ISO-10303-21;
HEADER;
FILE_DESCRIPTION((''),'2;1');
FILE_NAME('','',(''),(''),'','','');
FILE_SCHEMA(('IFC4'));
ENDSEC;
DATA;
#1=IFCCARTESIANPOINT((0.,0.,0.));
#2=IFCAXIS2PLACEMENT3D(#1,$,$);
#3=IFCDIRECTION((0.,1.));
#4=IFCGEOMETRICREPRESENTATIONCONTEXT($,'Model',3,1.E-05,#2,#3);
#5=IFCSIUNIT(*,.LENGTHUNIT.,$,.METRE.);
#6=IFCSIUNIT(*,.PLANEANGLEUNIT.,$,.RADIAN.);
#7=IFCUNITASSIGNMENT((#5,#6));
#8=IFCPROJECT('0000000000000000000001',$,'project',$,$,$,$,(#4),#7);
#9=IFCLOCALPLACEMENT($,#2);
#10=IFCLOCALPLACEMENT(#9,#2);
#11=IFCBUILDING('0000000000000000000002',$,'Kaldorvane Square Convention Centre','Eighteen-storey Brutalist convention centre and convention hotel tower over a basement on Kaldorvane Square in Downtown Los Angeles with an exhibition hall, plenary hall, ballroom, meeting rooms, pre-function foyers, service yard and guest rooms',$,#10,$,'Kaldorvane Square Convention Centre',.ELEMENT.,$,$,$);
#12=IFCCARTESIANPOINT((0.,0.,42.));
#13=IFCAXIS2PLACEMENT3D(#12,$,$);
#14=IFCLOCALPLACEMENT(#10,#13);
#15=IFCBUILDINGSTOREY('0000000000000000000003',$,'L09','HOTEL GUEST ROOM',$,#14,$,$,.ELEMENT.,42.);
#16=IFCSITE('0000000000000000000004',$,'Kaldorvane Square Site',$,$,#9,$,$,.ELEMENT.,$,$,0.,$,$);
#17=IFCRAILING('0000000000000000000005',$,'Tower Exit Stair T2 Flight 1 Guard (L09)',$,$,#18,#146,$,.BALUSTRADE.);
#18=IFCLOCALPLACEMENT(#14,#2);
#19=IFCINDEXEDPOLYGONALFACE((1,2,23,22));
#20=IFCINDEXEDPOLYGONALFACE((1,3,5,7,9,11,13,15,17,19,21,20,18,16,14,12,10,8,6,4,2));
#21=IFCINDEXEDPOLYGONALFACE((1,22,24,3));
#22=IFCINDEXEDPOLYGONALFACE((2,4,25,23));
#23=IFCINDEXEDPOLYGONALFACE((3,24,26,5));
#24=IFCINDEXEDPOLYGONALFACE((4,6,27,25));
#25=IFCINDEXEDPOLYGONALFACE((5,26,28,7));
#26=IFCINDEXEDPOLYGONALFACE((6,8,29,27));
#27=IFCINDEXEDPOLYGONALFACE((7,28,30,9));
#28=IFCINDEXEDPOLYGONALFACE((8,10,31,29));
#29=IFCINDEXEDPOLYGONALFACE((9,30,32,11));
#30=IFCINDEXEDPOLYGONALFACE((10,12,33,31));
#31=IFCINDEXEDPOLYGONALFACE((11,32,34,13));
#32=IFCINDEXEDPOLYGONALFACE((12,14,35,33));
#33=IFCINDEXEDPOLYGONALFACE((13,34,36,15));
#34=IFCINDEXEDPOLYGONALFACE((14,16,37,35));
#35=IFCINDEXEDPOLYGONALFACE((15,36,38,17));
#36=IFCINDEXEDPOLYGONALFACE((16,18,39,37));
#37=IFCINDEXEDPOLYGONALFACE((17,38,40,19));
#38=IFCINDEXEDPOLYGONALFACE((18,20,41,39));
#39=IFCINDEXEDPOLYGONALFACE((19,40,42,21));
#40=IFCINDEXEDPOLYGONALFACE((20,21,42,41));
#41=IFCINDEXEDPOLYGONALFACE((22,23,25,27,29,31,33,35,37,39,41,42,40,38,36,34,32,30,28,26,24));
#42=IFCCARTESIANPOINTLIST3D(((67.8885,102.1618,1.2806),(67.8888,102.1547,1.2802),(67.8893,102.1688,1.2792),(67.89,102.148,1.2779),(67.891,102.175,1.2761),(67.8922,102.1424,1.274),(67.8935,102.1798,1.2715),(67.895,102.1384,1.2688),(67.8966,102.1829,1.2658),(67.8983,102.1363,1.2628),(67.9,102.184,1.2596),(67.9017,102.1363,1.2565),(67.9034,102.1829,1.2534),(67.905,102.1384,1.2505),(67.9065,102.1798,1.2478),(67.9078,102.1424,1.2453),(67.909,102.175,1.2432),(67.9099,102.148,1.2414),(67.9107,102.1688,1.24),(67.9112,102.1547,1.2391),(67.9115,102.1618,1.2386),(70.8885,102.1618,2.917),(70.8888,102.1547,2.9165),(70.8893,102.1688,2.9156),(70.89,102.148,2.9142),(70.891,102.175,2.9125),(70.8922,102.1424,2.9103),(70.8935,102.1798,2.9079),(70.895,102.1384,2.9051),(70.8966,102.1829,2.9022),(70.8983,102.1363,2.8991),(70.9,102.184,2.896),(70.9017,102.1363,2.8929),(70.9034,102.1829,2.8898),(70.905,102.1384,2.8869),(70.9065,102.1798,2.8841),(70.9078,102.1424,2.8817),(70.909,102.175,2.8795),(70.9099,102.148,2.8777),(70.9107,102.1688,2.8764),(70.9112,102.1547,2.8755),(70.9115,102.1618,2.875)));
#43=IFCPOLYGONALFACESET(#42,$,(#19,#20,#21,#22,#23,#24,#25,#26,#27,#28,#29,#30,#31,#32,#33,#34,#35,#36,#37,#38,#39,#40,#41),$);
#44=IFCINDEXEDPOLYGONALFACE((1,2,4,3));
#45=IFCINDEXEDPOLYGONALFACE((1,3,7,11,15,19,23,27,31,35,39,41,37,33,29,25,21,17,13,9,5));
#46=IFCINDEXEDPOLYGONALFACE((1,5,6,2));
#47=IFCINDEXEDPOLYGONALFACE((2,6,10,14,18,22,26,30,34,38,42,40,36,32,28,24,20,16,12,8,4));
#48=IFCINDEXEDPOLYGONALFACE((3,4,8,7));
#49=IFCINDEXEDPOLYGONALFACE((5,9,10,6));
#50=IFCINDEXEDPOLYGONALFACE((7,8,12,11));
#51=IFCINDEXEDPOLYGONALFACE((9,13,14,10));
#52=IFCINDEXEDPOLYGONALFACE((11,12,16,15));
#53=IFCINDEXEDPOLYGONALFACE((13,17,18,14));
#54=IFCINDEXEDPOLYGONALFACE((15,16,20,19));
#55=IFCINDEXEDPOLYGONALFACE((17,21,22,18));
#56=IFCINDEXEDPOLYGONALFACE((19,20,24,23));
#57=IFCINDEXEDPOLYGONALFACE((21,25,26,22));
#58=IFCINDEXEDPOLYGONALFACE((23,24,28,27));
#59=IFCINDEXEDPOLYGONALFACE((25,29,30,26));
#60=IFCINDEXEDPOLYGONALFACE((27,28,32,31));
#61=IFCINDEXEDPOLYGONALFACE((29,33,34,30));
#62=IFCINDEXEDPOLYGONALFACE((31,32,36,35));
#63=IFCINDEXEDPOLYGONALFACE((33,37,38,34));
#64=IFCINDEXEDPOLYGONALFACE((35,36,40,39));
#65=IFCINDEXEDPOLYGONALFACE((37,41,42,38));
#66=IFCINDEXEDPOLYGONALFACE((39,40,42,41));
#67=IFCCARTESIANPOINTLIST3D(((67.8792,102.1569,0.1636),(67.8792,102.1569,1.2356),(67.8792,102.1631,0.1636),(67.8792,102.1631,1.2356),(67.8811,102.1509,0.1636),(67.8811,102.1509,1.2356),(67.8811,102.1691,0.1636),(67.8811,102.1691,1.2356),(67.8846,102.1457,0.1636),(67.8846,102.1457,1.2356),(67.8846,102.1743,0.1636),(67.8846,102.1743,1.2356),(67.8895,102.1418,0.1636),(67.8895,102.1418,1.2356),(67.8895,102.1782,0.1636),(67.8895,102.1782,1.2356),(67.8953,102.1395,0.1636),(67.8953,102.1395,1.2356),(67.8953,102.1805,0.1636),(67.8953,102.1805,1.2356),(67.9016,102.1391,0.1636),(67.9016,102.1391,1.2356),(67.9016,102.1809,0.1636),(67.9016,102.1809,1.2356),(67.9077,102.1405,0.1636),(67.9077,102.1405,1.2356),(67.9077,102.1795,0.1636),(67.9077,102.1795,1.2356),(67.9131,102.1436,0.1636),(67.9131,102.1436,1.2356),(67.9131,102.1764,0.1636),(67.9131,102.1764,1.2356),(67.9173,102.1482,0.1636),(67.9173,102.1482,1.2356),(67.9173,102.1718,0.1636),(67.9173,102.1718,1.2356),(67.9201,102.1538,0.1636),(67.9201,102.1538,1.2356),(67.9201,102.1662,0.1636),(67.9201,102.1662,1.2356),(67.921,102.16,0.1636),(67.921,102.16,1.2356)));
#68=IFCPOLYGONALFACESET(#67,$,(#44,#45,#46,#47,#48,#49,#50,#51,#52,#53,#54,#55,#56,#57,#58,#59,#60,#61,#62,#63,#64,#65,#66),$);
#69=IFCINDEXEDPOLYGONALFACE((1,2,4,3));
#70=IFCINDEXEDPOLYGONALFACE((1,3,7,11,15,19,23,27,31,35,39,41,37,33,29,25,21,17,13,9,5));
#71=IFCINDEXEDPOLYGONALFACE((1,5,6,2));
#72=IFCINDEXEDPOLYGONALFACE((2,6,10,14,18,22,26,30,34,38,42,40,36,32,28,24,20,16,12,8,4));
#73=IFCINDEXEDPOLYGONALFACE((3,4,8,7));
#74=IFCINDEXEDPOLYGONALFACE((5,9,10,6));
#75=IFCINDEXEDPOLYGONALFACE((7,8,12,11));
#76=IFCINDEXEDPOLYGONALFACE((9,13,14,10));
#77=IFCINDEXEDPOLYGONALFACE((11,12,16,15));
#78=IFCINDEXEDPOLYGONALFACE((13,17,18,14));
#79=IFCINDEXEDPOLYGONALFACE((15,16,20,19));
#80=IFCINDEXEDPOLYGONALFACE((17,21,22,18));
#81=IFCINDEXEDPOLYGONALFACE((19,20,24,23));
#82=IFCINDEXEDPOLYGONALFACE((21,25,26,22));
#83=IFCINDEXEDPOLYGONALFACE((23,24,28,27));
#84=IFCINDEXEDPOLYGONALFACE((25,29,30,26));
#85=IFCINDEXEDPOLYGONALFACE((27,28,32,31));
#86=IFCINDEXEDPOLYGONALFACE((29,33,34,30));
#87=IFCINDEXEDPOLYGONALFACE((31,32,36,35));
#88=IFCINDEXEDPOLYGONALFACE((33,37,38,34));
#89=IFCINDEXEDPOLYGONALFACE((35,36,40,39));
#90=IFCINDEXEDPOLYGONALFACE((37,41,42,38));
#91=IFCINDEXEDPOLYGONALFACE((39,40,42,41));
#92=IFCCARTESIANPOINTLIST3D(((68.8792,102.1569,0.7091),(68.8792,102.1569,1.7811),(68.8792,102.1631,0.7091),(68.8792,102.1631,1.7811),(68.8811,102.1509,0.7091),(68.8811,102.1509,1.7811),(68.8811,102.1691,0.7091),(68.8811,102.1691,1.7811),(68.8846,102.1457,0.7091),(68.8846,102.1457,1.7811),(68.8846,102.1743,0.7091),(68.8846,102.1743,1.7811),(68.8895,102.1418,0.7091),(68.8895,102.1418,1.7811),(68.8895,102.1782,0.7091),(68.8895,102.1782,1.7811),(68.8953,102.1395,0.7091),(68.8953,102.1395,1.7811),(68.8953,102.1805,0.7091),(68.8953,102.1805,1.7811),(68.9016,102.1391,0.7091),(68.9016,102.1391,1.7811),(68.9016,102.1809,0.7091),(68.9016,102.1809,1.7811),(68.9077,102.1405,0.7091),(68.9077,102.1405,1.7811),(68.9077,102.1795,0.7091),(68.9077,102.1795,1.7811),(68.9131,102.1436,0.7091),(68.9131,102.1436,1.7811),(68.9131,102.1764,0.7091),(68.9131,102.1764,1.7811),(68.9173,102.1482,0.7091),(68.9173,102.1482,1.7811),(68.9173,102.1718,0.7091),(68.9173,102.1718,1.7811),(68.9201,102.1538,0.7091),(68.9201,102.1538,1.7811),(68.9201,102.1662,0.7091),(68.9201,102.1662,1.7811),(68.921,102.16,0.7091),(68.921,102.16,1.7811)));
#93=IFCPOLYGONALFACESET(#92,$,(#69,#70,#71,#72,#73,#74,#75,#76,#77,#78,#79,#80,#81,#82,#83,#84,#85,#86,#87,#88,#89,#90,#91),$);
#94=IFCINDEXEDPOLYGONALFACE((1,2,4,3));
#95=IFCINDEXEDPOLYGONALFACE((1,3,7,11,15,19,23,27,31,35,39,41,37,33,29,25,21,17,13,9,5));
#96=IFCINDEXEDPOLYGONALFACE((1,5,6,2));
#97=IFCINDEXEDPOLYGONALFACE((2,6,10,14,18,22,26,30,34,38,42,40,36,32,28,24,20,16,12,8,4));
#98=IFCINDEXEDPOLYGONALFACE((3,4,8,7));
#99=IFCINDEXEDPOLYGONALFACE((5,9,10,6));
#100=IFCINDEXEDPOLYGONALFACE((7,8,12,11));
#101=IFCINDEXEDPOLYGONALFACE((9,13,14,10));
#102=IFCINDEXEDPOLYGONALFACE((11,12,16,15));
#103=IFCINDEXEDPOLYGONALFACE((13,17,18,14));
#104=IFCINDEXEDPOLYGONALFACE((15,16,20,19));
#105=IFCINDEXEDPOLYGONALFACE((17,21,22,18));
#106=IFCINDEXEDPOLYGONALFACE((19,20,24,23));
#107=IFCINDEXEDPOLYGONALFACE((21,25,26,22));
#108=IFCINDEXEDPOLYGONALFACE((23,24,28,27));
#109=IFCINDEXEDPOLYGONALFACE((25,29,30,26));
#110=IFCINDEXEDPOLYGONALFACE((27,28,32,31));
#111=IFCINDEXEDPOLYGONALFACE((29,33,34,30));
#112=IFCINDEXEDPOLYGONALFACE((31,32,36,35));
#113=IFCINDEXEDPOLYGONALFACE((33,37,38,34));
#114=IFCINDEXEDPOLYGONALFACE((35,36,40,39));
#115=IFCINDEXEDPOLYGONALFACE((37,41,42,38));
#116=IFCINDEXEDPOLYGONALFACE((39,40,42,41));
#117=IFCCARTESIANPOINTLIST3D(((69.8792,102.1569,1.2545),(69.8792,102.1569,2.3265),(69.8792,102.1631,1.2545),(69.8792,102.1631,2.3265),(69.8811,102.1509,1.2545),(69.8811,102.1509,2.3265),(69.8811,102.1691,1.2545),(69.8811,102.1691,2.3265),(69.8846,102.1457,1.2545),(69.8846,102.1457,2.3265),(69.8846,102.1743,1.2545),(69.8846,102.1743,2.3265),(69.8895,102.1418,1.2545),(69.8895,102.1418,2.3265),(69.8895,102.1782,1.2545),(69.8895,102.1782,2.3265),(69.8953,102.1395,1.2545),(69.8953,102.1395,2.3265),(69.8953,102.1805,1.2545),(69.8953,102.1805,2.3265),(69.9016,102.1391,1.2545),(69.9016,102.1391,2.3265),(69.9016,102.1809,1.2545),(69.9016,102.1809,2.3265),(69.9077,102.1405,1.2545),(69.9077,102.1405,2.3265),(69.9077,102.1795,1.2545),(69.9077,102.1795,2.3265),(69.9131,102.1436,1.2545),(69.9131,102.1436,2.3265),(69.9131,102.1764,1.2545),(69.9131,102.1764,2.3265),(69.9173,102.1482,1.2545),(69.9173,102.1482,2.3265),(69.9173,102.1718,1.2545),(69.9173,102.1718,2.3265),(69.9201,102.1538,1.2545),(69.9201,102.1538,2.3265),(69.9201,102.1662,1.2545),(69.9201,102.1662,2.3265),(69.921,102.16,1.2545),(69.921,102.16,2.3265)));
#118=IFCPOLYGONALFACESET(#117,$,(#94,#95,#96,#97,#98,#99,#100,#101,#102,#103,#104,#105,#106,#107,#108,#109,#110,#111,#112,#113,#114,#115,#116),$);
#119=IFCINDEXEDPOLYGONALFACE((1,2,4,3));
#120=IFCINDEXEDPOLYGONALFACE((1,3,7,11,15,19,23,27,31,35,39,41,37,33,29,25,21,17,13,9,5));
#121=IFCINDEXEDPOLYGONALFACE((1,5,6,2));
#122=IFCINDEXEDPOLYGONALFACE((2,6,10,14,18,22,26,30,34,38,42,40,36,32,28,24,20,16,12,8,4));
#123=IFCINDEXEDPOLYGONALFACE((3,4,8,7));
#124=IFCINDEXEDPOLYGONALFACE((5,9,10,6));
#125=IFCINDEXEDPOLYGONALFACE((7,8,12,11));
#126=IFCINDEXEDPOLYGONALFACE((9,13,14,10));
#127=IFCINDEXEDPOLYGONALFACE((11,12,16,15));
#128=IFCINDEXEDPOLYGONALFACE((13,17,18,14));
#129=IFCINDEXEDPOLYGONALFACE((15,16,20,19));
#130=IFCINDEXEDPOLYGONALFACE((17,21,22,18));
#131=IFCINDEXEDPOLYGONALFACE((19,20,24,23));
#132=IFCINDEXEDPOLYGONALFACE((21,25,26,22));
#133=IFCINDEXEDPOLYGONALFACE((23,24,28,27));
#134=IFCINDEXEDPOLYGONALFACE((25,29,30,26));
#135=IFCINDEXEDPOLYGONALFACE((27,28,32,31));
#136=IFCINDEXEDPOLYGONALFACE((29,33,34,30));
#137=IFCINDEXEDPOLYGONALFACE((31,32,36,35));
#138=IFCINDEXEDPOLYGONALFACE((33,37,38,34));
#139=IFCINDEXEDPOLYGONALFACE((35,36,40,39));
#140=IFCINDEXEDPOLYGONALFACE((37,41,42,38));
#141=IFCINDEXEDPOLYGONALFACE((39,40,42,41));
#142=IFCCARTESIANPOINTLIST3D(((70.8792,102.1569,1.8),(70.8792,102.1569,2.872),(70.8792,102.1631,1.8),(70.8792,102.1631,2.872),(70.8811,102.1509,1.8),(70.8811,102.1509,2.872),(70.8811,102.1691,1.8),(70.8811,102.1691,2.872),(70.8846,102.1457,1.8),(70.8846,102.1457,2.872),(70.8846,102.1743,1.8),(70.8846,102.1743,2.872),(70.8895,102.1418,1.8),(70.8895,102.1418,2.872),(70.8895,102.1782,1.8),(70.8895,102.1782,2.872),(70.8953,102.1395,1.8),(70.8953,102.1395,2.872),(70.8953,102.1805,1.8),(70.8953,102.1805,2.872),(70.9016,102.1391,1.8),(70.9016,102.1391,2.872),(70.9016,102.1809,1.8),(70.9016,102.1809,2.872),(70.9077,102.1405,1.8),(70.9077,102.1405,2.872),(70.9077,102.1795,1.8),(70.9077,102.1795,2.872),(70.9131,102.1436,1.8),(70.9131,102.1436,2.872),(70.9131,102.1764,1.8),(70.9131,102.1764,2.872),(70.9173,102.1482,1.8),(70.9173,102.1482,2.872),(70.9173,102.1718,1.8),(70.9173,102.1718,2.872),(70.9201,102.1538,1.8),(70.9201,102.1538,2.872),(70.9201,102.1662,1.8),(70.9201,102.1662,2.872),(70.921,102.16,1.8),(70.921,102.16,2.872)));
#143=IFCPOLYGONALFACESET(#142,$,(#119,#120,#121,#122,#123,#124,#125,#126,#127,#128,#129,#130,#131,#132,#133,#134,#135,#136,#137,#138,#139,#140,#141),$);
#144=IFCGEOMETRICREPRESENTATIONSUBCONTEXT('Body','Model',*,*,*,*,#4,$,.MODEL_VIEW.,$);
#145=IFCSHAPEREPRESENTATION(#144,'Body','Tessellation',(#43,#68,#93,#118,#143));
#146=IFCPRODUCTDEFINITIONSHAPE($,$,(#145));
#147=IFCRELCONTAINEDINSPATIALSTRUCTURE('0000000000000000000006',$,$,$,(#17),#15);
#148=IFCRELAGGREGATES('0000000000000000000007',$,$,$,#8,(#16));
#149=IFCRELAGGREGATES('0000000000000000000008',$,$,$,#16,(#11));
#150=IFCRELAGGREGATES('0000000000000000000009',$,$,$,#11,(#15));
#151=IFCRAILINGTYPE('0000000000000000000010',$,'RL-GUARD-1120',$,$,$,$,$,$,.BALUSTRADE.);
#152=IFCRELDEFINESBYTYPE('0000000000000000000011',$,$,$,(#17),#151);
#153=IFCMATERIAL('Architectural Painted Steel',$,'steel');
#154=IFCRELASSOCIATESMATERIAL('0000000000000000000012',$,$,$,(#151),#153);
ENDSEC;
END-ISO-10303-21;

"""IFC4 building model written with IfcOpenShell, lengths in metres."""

from ifc_helpers import new_model, si_unit, direction, frame, origin, origin_2d, place, context, subcontext, project, spatial, circle, extrude, material, type_object, element, save


model = new_model("IFC4")

# Units and contexts
model_context = context("Model", 3, precision=1e-05, world=origin(), true_north=direction((0.0, 1.0)))
body_context = subcontext(model_context, "Body", "Model", "MODEL_VIEW")
ifc_project = project(units=[si_unit("LENGTHUNIT", "METRE"), si_unit("PLANEANGLEUNIT", "RADIAN")], contexts=[model_context])

# Site, building, storey
site_placement = place(None, origin())
site = spatial("IfcSite", under=ifc_project, at=site_placement, Name="Kaldorvane Square Site", CompositionType="ELEMENT", RefElevation=0.0)
building_placement = place(site_placement, origin())
building = spatial("IfcBuilding", under=site, at=building_placement, Name="Kaldorvane Square Convention Centre", Description="Eighteen-storey Brutalist convention centre and convention hotel tower over a basement on Kaldorvane Square in Downtown Los Angeles with an exhibition hall, plenary hall, ballroom, meeting rooms, pre-function foyers, service yard and guest rooms", LongName="Kaldorvane Square Convention Centre", CompositionType="ELEMENT")
storey_placement = place(building_placement, frame((0.0, 0.0, 42.0)))
storey = spatial("IfcBuildingStorey", under=building, at=storey_placement, Name="L09", Description="HOTEL GUEST ROOM", CompositionType="ELEMENT", Elevation=42.0)

# Railing
ifc_material_1 = material(Name="Architectural Painted Steel", Category="steel")
railing_type_1 = type_object("IfcRailingType", Name="RL-GUARD-1120", PredefinedType="BALUSTRADE", material=ifc_material_1)
railing_1_placement = place(storey_placement, frame((67.9, 102.16, 0.1636)))
element("IfcRailing", 1, at=railing_1_placement, inside=storey, type_object=railing_type_1, Name="Tower Exit Stair T2 Flight 1 Guard (L09)", PredefinedType="BALUSTRADE", context=body_context, shape_type="SweptSolid", body=[
    extrude(circle(Radius=0.024, at=origin_2d()), frame((0.0, 0.0, 1.096), z_axis=(0.877895, 0.0, 0.478853), x_axis=(0.0, 1.0, 0.0)), (0.0, 0.0, 1.0), 3.4173),
    extrude(circle(Radius=0.021, at=origin_2d()), origin(), (0.0, 0.0, 1.0), 1.072),
    extrude(circle(Radius=0.021, at=origin_2d()), frame((1.0, 0.0, 0.5455)), (0.0, 0.0, 1.0), 1.072),
    extrude(circle(Radius=0.021, at=origin_2d()), frame((2.0, 0.0, 1.0909)), (0.0, 0.0, 1.0), 1.072),
    extrude(circle(Radius=0.021, at=origin_2d()), frame((3.0, 0.0, 1.6364)), (0.0, 0.0, 1.0), 1.072),
])

save(model, "model.ifc")
